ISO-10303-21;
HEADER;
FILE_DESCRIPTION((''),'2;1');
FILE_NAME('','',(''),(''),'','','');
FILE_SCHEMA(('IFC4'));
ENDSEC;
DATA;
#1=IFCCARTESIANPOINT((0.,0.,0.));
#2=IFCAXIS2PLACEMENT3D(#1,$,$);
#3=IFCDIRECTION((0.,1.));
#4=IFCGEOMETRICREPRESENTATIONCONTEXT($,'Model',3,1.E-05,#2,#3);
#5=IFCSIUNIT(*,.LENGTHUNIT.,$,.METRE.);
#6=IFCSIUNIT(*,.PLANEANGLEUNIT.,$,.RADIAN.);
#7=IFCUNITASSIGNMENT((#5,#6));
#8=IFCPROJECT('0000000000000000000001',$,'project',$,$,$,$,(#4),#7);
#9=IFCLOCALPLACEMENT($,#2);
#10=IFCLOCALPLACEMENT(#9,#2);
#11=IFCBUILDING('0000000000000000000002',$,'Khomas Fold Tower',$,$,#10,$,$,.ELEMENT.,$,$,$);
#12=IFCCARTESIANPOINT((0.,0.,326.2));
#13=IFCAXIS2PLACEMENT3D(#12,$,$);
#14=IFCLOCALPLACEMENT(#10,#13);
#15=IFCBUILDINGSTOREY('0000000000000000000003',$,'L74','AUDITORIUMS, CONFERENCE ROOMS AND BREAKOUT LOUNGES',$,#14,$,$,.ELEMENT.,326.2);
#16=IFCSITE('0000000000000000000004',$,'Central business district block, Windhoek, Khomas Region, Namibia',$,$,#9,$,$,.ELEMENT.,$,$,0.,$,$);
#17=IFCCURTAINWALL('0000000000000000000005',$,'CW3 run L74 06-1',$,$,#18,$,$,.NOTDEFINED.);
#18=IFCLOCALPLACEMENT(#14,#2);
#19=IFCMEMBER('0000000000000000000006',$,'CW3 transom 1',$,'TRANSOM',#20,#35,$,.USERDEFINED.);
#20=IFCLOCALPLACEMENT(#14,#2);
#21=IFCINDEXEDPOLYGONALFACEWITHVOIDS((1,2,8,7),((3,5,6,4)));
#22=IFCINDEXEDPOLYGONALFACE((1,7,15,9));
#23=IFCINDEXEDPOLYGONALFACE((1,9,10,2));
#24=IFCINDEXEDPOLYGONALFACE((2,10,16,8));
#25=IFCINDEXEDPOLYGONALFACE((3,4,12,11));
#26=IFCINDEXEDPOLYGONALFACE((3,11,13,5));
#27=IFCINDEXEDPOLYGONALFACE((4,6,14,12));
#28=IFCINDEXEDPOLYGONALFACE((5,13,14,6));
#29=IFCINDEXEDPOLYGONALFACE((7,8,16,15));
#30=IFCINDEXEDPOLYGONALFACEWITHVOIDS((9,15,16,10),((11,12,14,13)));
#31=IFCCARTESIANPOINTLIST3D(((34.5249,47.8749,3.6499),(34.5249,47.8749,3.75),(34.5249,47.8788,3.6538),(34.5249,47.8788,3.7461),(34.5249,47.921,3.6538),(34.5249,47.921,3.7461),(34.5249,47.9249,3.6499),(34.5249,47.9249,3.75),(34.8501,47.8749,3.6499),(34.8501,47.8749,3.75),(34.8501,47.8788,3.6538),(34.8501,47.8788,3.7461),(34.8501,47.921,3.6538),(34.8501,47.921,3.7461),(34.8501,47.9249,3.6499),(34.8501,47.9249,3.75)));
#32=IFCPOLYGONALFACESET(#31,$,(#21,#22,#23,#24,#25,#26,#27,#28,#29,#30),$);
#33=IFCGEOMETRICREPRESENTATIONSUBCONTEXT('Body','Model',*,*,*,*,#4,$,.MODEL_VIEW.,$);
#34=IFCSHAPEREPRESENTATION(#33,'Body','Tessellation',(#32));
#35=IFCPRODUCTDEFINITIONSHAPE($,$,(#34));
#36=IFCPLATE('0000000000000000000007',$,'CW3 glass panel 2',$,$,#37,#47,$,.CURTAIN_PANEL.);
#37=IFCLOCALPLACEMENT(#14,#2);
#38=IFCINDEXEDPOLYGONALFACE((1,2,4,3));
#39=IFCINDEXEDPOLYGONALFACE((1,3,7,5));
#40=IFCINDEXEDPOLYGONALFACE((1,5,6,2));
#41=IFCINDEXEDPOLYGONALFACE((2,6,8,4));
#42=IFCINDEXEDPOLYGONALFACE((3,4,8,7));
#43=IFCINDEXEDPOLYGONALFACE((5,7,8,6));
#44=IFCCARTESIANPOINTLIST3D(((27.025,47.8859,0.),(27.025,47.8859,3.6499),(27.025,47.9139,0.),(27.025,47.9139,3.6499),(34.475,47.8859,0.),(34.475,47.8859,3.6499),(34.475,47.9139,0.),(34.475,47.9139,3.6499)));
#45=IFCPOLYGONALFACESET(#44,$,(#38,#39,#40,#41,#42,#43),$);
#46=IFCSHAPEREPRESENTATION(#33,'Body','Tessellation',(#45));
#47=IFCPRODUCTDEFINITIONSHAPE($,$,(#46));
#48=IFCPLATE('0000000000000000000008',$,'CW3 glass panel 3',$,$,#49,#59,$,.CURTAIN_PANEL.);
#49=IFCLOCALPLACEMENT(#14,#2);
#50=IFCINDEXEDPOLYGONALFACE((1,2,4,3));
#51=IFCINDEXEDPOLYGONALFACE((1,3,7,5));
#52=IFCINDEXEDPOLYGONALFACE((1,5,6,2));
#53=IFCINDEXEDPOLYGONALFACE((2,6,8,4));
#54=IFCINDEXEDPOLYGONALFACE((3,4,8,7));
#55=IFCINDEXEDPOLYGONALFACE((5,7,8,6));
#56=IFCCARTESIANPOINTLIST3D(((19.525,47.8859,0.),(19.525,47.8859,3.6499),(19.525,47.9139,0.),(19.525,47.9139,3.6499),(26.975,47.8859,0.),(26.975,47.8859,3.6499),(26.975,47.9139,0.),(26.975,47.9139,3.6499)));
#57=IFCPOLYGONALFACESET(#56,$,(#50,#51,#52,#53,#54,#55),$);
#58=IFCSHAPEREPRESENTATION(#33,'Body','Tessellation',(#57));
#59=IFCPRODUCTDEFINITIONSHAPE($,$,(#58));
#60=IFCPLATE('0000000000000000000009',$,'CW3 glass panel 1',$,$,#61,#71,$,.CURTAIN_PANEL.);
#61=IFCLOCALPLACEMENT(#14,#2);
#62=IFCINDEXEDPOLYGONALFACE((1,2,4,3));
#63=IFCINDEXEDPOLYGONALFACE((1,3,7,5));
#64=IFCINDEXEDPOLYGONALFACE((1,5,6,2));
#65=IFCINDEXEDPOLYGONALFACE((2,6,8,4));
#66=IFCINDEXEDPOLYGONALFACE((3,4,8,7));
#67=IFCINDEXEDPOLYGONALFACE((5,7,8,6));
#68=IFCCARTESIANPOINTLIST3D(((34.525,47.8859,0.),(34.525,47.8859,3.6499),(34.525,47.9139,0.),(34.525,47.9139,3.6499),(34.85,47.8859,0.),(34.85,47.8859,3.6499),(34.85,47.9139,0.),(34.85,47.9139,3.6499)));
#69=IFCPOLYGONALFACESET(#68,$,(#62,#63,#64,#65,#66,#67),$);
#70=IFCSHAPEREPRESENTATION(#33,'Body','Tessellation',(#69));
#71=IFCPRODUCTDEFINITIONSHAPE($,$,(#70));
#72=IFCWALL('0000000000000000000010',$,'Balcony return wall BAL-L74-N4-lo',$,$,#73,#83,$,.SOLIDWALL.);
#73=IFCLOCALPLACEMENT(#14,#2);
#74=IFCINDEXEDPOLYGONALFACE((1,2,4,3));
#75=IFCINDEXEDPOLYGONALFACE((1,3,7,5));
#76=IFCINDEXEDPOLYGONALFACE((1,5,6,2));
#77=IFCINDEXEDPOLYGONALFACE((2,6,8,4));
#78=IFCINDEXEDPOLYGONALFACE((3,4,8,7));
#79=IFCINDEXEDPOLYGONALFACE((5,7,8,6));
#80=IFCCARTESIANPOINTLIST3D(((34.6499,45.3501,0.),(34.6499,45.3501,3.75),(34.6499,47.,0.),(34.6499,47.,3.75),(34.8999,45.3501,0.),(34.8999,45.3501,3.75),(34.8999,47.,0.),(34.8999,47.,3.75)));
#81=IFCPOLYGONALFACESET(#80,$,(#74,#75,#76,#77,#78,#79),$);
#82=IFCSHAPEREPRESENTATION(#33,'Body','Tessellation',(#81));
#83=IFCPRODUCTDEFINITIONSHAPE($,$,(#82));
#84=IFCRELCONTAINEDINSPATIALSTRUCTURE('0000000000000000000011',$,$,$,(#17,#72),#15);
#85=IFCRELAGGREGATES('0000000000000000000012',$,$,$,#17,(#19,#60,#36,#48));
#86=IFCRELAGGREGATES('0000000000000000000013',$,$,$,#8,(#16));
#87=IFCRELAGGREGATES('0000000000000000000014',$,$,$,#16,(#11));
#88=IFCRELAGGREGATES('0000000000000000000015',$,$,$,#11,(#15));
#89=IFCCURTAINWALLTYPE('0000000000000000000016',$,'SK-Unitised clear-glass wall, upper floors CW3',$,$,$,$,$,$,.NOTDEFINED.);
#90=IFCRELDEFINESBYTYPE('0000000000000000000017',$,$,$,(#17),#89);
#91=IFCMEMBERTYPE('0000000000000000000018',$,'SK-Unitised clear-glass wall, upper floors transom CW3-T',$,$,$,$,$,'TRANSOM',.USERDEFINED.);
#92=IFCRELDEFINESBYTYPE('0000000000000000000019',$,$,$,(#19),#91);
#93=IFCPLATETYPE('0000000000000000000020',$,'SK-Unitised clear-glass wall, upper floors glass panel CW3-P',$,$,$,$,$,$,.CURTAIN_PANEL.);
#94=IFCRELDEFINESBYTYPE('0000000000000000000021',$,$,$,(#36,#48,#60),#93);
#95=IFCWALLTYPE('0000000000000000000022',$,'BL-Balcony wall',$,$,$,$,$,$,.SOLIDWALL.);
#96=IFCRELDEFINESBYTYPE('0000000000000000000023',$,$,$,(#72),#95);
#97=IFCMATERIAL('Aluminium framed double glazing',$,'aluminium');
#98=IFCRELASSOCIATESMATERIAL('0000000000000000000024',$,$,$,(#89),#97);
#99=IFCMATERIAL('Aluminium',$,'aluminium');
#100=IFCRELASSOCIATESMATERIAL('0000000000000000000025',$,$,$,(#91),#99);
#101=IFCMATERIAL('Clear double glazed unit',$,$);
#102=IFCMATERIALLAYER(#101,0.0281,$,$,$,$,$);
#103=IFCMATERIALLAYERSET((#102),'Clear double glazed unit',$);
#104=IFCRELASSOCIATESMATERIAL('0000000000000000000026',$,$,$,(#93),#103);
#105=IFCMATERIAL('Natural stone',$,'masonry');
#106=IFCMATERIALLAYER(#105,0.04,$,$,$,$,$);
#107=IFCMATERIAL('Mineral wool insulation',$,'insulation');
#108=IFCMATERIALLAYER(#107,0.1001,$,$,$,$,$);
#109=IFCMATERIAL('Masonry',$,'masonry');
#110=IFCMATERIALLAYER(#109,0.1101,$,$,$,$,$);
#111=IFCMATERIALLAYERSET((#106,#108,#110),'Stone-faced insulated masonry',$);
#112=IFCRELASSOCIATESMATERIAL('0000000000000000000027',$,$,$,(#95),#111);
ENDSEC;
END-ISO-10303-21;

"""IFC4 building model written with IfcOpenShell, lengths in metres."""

from ifc_helpers import new_model, si_unit, direction, frame, frame_2d, origin, origin_2d, place, context, subcontext, project, spatial, rectangle, hollow_rectangle, extrude, source, transform, mapped, material, layer, layer_set, material_profile, profile_set, type_object, element, aggregate, save


model = new_model("IFC4")

# Units and contexts
model_context = context("Model", 3, precision=1e-05, world=origin(), true_north=direction((0.0, 1.0)))
body_context = subcontext(model_context, "Body", "Model", "MODEL_VIEW")
ifc_project = project(units=[si_unit("LENGTHUNIT", "METRE"), si_unit("PLANEANGLEUNIT", "RADIAN")], contexts=[model_context])

# Site, building, storey
site_placement = place(None, origin())
site = spatial("IfcSite", under=ifc_project, at=site_placement, Name="Central business district block, Windhoek, Khomas Region, Namibia", CompositionType="ELEMENT", RefElevation=0.0)
building_placement = place(site_placement, origin())
building = spatial("IfcBuilding", under=site, at=building_placement, Name="Khomas Fold Tower", CompositionType="ELEMENT")
storey_placement = place(building_placement, frame((0.0, 0.0, 326.2)))
storey = spatial("IfcBuildingStorey", under=building, at=storey_placement, Name="L74", Description="AUDITORIUMS, CONFERENCE ROOMS AND BREAKOUT LOUNGES", CompositionType="ELEMENT", Elevation=326.2)

# Curtain wall, member, plates
ifc_material_1 = material(Name="Aluminium framed double glazing", Category="aluminium")
curtain_wall_type = type_object("IfcCurtainWallType", Name="SK-Unitised clear-glass wall, upper floors CW3", PredefinedType="NOTDEFINED", material=ifc_material_1)
curtain_wall_placement = place(storey_placement, origin())
curtain_wall = element("IfcCurtainWall", 1, at=curtain_wall_placement, inside=storey, type_object=curtain_wall_type, Name="CW3 run L74 06-1", PredefinedType="NOTDEFINED")
ifc_material_2 = material(Name="Aluminium", Category="aluminium")
ifc_material_profile_1 = material_profile(ifc_material_2, hollow_rectangle(XDim=0.05, YDim=0.1001, WallThickness=0.0039, at=origin_2d()), Name="SK-Unitised clear-glass wall, upper floors transom CW3-T")
ifc_profile_set_1 = profile_set([ifc_material_profile_1], Name="Aluminium")
member_type_1 = type_object("IfcMemberType", Name="SK-Unitised clear-glass wall, upper floors transom CW3-T", ElementType="TRANSOM", PredefinedType="USERDEFINED", material=ifc_profile_set_1)
shared_shape_1 = source(origin(), body_context, "Body", "SweptSolid", [
    extrude(hollow_rectangle(XDim=0.05, YDim=0.1001, WallThickness=0.0039, at=origin_2d()), origin(), (0.0, 0.0, 1.0), 0.3252),
])
member_1_placement = place(storey_placement, frame((34.8501, 47.8999, 3.7), z_axis=(-1.0, 0.0, 0.0), x_axis=(0.0, -1.0, 0.0)))
member_1 = element("IfcMember", 2, at=member_1_placement, type_object=member_type_1, Name="CW3 transom 1", ObjectType="TRANSOM", PredefinedType="USERDEFINED", context=body_context, shape_type="MappedRepresentation", body=[
    mapped(shared_shape_1, transform((0.0, 0.0, 0.0))),
])
ifc_material_3 = material(Name="Clear double glazed unit")
ifc_layer_1 = layer(ifc_material_3, 0.0281)
ifc_layer_set_1 = layer_set([ifc_layer_1], Name="Clear double glazed unit")
plate_type = type_object("IfcPlateType", Name="SK-Unitised clear-glass wall, upper floors glass panel CW3-P", PredefinedType="CURTAIN_PANEL", material=ifc_layer_set_1)
shared_shape_2 = source(origin(), body_context, "Body", "SweptSolid", [
    extrude(rectangle(XDim=7.45, YDim=0.0281, at=origin_2d()), origin(), (0.0, 0.0, 1.0), 3.6499),
])
plate_1_placement = place(storey_placement, frame((30.75, 47.8999, 0.0), z_axis=(0.0, 0.0, 1.0), x_axis=(-1.0, 0.0, 0.0)))
plate_1 = element("IfcPlate", 3, at=plate_1_placement, type_object=plate_type, Name="CW3 glass panel 2", PredefinedType="CURTAIN_PANEL", context=body_context, shape_type="MappedRepresentation", body=[
    mapped(shared_shape_2, transform((0.0, 0.0, 0.0))),
])
plate_2_placement = place(storey_placement, frame((23.25, 47.8999, 0.0), z_axis=(0.0, 0.0, 1.0), x_axis=(-1.0, 0.0, 0.0)))
plate_2 = element("IfcPlate", 4, at=plate_2_placement, type_object=plate_type, Name="CW3 glass panel 3", PredefinedType="CURTAIN_PANEL", context=body_context, shape_type="MappedRepresentation", body=[
    mapped(shared_shape_2, transform((0.0, 0.0, 0.0))),
])
shared_shape_3 = source(origin(), body_context, "Body", "SweptSolid", [
    extrude(rectangle(XDim=0.325, YDim=0.0281, at=origin_2d()), origin(), (0.0, 0.0, 1.0), 3.6499),
])
plate_3_placement = place(storey_placement, frame((34.6875, 47.8999, 0.0), z_axis=(0.0, 0.0, 1.0), x_axis=(-1.0, 0.0, 0.0)))
plate_3 = element("IfcPlate", 5, at=plate_3_placement, type_object=plate_type, Name="CW3 glass panel 1", PredefinedType="CURTAIN_PANEL", context=body_context, shape_type="MappedRepresentation", body=[
    mapped(shared_shape_3, transform((0.0, 0.0, 0.0))),
])
aggregate(curtain_wall, [member_1, plate_3, plate_1, plate_2])

# Wall
ifc_material_4 = material(Name="Natural stone", Category="masonry")
ifc_layer_2 = layer(ifc_material_4, 0.04)
ifc_material_5 = material(Name="Mineral wool insulation", Category="insulation")
ifc_layer_3 = layer(ifc_material_5, 0.1001)
ifc_material_6 = material(Name="Masonry", Category="masonry")
ifc_layer_4 = layer(ifc_material_6, 0.1101)
ifc_layer_set_2 = layer_set([ifc_layer_2, ifc_layer_3, ifc_layer_4], Name="Stone-faced insulated masonry")
wall_type = type_object("IfcWallType", Name="BL-Balcony wall", PredefinedType="SOLIDWALL", material=ifc_layer_set_2)
shared_shape_4 = source(origin(), body_context, "Body", "SweptSolid", [
    extrude(rectangle(XDim=1.6499, YDim=0.25, at=frame_2d((0.825, 0.0))), origin(), (0.0, 0.0, 1.0), 3.75),
])
wall_placement = place(storey_placement, frame((34.7749, 47.0, 0.0), z_axis=(0.0, 0.0, 1.0), x_axis=(0.0, -1.0, 0.0)))
element("IfcWall", 6, at=wall_placement, inside=storey, type_object=wall_type, Name="Balcony return wall BAL-L74-N4-lo", PredefinedType="SOLIDWALL", context=body_context, shape_type="MappedRepresentation", body=[
    mapped(shared_shape_4, transform((0.0, 0.0, 0.0))),
])

save(model, "model.ifc")
